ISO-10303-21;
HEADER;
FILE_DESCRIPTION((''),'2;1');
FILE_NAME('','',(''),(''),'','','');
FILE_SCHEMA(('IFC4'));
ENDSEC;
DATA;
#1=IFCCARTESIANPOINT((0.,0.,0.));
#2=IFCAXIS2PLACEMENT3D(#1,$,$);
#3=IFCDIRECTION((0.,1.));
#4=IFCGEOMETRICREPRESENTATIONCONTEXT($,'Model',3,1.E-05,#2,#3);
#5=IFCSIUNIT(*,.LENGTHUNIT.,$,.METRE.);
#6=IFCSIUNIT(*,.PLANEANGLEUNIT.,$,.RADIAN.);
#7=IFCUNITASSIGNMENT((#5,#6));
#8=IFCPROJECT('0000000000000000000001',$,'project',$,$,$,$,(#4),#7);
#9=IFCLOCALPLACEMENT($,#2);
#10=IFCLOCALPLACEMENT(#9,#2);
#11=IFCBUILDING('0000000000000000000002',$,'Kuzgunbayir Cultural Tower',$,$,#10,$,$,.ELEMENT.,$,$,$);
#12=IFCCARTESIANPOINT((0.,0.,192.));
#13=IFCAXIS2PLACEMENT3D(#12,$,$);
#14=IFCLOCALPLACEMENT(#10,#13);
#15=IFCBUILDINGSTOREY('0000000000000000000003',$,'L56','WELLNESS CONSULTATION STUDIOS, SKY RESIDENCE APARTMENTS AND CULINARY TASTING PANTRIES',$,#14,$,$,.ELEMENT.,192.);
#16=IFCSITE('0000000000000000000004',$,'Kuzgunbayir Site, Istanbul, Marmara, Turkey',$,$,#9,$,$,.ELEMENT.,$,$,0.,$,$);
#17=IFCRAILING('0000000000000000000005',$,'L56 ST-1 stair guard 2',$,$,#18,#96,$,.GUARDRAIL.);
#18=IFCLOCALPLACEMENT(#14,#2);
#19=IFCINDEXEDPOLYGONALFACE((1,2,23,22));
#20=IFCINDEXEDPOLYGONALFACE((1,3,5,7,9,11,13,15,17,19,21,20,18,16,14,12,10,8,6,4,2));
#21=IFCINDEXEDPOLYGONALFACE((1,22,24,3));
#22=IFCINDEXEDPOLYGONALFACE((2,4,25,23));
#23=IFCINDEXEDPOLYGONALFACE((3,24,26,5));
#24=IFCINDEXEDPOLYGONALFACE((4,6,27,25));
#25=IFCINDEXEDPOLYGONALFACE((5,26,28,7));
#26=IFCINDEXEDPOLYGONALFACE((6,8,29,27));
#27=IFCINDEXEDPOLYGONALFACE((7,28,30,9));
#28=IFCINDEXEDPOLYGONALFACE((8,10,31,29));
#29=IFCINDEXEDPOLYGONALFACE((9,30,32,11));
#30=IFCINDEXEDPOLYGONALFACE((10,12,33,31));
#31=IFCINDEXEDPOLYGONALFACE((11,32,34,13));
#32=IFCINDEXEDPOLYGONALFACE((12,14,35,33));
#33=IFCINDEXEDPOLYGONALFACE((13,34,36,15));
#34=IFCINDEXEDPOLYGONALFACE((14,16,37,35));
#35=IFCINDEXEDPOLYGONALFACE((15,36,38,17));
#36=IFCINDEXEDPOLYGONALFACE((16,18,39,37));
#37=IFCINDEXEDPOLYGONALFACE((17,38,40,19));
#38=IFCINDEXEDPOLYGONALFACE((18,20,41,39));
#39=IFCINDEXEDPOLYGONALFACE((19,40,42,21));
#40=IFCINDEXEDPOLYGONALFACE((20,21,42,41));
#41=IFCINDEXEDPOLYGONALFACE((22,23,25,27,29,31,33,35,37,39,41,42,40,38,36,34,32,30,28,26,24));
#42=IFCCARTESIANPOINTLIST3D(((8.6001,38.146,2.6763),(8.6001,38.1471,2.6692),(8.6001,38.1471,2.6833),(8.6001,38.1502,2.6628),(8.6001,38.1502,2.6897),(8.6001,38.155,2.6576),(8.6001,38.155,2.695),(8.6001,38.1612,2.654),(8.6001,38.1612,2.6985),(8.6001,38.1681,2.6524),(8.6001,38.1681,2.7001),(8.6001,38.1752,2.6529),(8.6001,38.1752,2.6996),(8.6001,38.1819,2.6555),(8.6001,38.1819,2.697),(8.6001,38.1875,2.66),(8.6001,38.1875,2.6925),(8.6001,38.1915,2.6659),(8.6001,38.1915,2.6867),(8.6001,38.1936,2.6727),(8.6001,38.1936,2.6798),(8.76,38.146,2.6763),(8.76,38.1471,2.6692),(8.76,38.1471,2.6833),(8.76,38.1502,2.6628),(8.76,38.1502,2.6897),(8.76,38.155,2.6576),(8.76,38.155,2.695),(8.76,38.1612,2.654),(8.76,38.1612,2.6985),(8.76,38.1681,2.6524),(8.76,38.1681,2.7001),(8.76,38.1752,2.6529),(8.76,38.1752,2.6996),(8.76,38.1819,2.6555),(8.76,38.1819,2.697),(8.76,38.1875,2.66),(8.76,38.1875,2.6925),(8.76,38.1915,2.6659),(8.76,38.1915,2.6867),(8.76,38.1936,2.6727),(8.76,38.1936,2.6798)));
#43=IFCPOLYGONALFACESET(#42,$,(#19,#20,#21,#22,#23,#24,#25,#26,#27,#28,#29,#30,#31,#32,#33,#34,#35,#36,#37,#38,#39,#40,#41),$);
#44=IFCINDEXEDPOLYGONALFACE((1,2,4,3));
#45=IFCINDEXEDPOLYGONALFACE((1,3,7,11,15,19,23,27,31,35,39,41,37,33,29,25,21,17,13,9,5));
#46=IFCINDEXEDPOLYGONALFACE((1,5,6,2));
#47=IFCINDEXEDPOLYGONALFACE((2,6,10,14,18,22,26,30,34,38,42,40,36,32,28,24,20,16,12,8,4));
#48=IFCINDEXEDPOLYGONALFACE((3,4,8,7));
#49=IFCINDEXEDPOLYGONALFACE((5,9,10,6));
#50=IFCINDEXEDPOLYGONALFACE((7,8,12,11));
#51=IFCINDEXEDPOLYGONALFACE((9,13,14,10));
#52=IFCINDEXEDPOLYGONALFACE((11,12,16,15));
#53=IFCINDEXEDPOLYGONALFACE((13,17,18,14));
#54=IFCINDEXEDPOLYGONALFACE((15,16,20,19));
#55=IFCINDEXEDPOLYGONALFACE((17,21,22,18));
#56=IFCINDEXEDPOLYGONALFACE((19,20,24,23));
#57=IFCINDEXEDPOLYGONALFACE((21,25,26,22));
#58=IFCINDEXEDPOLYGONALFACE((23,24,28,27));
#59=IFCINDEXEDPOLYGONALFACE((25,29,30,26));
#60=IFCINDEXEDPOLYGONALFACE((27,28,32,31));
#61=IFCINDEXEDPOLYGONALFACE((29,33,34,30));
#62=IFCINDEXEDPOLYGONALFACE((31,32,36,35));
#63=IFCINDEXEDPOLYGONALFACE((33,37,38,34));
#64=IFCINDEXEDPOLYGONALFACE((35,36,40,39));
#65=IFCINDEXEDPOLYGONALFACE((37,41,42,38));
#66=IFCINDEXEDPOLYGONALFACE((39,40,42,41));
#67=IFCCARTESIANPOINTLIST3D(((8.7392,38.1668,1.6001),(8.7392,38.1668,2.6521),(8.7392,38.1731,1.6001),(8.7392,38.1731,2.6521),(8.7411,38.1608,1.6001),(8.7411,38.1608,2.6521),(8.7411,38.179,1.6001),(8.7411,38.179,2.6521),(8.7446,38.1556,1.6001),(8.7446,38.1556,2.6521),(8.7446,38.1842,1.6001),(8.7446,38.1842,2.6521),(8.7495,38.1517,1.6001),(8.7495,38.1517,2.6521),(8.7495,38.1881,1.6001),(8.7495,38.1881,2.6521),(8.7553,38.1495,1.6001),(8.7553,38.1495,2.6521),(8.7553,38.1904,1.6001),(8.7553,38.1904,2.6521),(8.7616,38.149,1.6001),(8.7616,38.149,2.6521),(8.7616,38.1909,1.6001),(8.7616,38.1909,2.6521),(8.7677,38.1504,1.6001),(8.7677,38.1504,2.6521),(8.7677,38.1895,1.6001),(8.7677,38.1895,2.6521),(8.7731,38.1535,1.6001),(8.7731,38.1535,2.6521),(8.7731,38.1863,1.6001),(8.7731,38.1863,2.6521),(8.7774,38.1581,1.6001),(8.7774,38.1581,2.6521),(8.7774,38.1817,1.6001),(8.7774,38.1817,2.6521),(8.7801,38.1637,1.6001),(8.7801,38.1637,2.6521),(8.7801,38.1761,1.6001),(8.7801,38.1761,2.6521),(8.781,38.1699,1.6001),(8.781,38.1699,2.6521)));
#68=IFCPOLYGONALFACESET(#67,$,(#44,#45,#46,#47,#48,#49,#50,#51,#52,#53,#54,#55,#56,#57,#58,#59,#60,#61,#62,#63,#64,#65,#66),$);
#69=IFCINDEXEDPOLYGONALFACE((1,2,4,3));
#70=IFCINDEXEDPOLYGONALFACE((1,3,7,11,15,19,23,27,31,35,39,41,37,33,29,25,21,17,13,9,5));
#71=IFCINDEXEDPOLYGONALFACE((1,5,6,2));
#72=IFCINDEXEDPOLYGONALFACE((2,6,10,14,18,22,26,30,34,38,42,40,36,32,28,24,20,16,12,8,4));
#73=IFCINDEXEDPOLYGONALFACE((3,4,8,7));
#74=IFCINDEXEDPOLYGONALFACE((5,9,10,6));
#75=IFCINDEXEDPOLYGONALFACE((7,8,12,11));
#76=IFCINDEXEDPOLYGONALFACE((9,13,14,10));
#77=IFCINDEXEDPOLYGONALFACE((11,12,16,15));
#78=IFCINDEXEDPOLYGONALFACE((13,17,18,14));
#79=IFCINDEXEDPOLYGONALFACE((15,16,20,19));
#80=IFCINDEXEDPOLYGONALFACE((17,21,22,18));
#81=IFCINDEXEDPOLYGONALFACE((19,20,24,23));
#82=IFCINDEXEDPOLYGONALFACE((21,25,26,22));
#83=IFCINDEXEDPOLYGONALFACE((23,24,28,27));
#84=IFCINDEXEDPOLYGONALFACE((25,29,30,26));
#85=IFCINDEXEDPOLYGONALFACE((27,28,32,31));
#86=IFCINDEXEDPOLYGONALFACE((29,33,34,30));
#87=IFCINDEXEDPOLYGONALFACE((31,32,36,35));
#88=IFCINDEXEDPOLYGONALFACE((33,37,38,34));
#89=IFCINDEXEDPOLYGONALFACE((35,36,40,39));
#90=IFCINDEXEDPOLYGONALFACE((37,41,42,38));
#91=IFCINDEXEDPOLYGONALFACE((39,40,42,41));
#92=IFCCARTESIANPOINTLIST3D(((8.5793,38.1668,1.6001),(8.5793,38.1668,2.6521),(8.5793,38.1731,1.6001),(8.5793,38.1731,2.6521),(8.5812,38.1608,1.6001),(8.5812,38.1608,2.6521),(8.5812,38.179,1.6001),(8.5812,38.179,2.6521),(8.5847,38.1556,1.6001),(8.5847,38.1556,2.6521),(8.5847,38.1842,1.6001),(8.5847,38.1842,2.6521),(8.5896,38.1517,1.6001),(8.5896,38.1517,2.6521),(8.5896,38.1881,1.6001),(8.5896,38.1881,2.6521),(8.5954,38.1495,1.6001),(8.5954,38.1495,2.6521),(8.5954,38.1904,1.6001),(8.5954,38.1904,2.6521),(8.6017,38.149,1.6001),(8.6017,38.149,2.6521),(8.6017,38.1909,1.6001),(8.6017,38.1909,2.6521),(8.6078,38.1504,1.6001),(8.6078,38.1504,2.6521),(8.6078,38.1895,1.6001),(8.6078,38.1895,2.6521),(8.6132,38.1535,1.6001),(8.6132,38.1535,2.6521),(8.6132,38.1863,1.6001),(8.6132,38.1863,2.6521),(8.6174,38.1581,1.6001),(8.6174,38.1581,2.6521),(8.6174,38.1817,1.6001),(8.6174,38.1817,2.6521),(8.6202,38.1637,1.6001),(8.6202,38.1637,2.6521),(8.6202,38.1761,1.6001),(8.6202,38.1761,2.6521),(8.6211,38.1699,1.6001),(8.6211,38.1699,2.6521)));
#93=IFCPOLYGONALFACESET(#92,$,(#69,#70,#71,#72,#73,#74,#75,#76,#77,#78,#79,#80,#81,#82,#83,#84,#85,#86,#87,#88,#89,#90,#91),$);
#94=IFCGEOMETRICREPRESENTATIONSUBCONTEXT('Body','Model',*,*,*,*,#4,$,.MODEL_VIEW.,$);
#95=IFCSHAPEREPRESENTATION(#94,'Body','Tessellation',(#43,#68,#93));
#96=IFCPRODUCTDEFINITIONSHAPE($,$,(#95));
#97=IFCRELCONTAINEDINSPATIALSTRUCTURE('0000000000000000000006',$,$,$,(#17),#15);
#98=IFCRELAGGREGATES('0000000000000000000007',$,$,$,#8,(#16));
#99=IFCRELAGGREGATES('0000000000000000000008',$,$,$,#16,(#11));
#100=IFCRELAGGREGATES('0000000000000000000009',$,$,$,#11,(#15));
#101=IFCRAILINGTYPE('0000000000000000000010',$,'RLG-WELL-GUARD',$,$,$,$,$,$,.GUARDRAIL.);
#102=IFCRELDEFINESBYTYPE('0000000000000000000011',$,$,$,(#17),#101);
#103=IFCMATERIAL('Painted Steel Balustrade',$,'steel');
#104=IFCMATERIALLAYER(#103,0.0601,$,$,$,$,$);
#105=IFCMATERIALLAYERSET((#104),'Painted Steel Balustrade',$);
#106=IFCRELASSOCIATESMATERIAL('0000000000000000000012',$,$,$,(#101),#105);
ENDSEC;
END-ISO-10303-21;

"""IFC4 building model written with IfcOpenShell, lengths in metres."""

from ifc_helpers import new_model, si_unit, direction, frame, origin, origin_2d, place, context, subcontext, project, spatial, circle, extrude, material, layer, layer_set, type_object, element, save


model = new_model("IFC4")

# Units and contexts
model_context = context("Model", 3, precision=1e-05, world=origin(), true_north=direction((0.0, 1.0)))
body_context = subcontext(model_context, "Body", "Model", "MODEL_VIEW")
ifc_project = project(units=[si_unit("LENGTHUNIT", "METRE"), si_unit("PLANEANGLEUNIT", "RADIAN")], contexts=[model_context])

# Site, building, storey
site_placement = place(None, origin())
site = spatial("IfcSite", under=ifc_project, at=site_placement, Name="Kuzgunbayir Site, Istanbul, Marmara, Turkey", CompositionType="ELEMENT", RefElevation=0.0)
building_placement = place(site_placement, origin())
building = spatial("IfcBuilding", under=site, at=building_placement, Name="Kuzgunbayir Cultural Tower", CompositionType="ELEMENT")
storey_placement = place(building_placement, frame((0.0, 0.0, 192.0)))
storey = spatial("IfcBuildingStorey", under=building, at=storey_placement, Name="L56", Description="WELLNESS CONSULTATION STUDIOS, SKY RESIDENCE APARTMENTS AND CULINARY TASTING PANTRIES", CompositionType="ELEMENT", Elevation=192.0)

# Railing
ifc_material_1 = material(Name="Painted Steel Balustrade", Category="steel")
ifc_layer_1 = layer(ifc_material_1, 0.0601)
ifc_layer_set_1 = layer_set([ifc_layer_1], Name="Painted Steel Balustrade")
railing_type_1 = type_object("IfcRailingType", Name="RLG-WELL-GUARD", PredefinedType="GUARDRAIL", material=ifc_layer_set_1)
railing_1_placement = place(storey_placement, frame((8.76, 38.1699, 1.6001)))
element("IfcRailing", 1, at=railing_1_placement, inside=storey, type_object=railing_type_1, Name="L56 ST-1 stair guard 2", PredefinedType="GUARDRAIL", context=body_context, shape_type="SweptSolid", body=[
    extrude(circle(Radius=0.0239, at=origin_2d()), frame((0.0, 0.0, 1.0762), z_axis=(-1.0, 0.0, 0.0), x_axis=(0.0, -1.0, 0.0)), (0.0, 0.0, 1.0), 0.1599),
    extrude(circle(Radius=0.021, at=origin_2d()), origin(), (0.0, 0.0, 1.0), 1.052),
    extrude(circle(Radius=0.021, at=origin_2d()), frame((-0.1599, 0.0, 0.0)), (0.0, 0.0, 1.0), 1.052),
])

save(model, "model.ifc")
